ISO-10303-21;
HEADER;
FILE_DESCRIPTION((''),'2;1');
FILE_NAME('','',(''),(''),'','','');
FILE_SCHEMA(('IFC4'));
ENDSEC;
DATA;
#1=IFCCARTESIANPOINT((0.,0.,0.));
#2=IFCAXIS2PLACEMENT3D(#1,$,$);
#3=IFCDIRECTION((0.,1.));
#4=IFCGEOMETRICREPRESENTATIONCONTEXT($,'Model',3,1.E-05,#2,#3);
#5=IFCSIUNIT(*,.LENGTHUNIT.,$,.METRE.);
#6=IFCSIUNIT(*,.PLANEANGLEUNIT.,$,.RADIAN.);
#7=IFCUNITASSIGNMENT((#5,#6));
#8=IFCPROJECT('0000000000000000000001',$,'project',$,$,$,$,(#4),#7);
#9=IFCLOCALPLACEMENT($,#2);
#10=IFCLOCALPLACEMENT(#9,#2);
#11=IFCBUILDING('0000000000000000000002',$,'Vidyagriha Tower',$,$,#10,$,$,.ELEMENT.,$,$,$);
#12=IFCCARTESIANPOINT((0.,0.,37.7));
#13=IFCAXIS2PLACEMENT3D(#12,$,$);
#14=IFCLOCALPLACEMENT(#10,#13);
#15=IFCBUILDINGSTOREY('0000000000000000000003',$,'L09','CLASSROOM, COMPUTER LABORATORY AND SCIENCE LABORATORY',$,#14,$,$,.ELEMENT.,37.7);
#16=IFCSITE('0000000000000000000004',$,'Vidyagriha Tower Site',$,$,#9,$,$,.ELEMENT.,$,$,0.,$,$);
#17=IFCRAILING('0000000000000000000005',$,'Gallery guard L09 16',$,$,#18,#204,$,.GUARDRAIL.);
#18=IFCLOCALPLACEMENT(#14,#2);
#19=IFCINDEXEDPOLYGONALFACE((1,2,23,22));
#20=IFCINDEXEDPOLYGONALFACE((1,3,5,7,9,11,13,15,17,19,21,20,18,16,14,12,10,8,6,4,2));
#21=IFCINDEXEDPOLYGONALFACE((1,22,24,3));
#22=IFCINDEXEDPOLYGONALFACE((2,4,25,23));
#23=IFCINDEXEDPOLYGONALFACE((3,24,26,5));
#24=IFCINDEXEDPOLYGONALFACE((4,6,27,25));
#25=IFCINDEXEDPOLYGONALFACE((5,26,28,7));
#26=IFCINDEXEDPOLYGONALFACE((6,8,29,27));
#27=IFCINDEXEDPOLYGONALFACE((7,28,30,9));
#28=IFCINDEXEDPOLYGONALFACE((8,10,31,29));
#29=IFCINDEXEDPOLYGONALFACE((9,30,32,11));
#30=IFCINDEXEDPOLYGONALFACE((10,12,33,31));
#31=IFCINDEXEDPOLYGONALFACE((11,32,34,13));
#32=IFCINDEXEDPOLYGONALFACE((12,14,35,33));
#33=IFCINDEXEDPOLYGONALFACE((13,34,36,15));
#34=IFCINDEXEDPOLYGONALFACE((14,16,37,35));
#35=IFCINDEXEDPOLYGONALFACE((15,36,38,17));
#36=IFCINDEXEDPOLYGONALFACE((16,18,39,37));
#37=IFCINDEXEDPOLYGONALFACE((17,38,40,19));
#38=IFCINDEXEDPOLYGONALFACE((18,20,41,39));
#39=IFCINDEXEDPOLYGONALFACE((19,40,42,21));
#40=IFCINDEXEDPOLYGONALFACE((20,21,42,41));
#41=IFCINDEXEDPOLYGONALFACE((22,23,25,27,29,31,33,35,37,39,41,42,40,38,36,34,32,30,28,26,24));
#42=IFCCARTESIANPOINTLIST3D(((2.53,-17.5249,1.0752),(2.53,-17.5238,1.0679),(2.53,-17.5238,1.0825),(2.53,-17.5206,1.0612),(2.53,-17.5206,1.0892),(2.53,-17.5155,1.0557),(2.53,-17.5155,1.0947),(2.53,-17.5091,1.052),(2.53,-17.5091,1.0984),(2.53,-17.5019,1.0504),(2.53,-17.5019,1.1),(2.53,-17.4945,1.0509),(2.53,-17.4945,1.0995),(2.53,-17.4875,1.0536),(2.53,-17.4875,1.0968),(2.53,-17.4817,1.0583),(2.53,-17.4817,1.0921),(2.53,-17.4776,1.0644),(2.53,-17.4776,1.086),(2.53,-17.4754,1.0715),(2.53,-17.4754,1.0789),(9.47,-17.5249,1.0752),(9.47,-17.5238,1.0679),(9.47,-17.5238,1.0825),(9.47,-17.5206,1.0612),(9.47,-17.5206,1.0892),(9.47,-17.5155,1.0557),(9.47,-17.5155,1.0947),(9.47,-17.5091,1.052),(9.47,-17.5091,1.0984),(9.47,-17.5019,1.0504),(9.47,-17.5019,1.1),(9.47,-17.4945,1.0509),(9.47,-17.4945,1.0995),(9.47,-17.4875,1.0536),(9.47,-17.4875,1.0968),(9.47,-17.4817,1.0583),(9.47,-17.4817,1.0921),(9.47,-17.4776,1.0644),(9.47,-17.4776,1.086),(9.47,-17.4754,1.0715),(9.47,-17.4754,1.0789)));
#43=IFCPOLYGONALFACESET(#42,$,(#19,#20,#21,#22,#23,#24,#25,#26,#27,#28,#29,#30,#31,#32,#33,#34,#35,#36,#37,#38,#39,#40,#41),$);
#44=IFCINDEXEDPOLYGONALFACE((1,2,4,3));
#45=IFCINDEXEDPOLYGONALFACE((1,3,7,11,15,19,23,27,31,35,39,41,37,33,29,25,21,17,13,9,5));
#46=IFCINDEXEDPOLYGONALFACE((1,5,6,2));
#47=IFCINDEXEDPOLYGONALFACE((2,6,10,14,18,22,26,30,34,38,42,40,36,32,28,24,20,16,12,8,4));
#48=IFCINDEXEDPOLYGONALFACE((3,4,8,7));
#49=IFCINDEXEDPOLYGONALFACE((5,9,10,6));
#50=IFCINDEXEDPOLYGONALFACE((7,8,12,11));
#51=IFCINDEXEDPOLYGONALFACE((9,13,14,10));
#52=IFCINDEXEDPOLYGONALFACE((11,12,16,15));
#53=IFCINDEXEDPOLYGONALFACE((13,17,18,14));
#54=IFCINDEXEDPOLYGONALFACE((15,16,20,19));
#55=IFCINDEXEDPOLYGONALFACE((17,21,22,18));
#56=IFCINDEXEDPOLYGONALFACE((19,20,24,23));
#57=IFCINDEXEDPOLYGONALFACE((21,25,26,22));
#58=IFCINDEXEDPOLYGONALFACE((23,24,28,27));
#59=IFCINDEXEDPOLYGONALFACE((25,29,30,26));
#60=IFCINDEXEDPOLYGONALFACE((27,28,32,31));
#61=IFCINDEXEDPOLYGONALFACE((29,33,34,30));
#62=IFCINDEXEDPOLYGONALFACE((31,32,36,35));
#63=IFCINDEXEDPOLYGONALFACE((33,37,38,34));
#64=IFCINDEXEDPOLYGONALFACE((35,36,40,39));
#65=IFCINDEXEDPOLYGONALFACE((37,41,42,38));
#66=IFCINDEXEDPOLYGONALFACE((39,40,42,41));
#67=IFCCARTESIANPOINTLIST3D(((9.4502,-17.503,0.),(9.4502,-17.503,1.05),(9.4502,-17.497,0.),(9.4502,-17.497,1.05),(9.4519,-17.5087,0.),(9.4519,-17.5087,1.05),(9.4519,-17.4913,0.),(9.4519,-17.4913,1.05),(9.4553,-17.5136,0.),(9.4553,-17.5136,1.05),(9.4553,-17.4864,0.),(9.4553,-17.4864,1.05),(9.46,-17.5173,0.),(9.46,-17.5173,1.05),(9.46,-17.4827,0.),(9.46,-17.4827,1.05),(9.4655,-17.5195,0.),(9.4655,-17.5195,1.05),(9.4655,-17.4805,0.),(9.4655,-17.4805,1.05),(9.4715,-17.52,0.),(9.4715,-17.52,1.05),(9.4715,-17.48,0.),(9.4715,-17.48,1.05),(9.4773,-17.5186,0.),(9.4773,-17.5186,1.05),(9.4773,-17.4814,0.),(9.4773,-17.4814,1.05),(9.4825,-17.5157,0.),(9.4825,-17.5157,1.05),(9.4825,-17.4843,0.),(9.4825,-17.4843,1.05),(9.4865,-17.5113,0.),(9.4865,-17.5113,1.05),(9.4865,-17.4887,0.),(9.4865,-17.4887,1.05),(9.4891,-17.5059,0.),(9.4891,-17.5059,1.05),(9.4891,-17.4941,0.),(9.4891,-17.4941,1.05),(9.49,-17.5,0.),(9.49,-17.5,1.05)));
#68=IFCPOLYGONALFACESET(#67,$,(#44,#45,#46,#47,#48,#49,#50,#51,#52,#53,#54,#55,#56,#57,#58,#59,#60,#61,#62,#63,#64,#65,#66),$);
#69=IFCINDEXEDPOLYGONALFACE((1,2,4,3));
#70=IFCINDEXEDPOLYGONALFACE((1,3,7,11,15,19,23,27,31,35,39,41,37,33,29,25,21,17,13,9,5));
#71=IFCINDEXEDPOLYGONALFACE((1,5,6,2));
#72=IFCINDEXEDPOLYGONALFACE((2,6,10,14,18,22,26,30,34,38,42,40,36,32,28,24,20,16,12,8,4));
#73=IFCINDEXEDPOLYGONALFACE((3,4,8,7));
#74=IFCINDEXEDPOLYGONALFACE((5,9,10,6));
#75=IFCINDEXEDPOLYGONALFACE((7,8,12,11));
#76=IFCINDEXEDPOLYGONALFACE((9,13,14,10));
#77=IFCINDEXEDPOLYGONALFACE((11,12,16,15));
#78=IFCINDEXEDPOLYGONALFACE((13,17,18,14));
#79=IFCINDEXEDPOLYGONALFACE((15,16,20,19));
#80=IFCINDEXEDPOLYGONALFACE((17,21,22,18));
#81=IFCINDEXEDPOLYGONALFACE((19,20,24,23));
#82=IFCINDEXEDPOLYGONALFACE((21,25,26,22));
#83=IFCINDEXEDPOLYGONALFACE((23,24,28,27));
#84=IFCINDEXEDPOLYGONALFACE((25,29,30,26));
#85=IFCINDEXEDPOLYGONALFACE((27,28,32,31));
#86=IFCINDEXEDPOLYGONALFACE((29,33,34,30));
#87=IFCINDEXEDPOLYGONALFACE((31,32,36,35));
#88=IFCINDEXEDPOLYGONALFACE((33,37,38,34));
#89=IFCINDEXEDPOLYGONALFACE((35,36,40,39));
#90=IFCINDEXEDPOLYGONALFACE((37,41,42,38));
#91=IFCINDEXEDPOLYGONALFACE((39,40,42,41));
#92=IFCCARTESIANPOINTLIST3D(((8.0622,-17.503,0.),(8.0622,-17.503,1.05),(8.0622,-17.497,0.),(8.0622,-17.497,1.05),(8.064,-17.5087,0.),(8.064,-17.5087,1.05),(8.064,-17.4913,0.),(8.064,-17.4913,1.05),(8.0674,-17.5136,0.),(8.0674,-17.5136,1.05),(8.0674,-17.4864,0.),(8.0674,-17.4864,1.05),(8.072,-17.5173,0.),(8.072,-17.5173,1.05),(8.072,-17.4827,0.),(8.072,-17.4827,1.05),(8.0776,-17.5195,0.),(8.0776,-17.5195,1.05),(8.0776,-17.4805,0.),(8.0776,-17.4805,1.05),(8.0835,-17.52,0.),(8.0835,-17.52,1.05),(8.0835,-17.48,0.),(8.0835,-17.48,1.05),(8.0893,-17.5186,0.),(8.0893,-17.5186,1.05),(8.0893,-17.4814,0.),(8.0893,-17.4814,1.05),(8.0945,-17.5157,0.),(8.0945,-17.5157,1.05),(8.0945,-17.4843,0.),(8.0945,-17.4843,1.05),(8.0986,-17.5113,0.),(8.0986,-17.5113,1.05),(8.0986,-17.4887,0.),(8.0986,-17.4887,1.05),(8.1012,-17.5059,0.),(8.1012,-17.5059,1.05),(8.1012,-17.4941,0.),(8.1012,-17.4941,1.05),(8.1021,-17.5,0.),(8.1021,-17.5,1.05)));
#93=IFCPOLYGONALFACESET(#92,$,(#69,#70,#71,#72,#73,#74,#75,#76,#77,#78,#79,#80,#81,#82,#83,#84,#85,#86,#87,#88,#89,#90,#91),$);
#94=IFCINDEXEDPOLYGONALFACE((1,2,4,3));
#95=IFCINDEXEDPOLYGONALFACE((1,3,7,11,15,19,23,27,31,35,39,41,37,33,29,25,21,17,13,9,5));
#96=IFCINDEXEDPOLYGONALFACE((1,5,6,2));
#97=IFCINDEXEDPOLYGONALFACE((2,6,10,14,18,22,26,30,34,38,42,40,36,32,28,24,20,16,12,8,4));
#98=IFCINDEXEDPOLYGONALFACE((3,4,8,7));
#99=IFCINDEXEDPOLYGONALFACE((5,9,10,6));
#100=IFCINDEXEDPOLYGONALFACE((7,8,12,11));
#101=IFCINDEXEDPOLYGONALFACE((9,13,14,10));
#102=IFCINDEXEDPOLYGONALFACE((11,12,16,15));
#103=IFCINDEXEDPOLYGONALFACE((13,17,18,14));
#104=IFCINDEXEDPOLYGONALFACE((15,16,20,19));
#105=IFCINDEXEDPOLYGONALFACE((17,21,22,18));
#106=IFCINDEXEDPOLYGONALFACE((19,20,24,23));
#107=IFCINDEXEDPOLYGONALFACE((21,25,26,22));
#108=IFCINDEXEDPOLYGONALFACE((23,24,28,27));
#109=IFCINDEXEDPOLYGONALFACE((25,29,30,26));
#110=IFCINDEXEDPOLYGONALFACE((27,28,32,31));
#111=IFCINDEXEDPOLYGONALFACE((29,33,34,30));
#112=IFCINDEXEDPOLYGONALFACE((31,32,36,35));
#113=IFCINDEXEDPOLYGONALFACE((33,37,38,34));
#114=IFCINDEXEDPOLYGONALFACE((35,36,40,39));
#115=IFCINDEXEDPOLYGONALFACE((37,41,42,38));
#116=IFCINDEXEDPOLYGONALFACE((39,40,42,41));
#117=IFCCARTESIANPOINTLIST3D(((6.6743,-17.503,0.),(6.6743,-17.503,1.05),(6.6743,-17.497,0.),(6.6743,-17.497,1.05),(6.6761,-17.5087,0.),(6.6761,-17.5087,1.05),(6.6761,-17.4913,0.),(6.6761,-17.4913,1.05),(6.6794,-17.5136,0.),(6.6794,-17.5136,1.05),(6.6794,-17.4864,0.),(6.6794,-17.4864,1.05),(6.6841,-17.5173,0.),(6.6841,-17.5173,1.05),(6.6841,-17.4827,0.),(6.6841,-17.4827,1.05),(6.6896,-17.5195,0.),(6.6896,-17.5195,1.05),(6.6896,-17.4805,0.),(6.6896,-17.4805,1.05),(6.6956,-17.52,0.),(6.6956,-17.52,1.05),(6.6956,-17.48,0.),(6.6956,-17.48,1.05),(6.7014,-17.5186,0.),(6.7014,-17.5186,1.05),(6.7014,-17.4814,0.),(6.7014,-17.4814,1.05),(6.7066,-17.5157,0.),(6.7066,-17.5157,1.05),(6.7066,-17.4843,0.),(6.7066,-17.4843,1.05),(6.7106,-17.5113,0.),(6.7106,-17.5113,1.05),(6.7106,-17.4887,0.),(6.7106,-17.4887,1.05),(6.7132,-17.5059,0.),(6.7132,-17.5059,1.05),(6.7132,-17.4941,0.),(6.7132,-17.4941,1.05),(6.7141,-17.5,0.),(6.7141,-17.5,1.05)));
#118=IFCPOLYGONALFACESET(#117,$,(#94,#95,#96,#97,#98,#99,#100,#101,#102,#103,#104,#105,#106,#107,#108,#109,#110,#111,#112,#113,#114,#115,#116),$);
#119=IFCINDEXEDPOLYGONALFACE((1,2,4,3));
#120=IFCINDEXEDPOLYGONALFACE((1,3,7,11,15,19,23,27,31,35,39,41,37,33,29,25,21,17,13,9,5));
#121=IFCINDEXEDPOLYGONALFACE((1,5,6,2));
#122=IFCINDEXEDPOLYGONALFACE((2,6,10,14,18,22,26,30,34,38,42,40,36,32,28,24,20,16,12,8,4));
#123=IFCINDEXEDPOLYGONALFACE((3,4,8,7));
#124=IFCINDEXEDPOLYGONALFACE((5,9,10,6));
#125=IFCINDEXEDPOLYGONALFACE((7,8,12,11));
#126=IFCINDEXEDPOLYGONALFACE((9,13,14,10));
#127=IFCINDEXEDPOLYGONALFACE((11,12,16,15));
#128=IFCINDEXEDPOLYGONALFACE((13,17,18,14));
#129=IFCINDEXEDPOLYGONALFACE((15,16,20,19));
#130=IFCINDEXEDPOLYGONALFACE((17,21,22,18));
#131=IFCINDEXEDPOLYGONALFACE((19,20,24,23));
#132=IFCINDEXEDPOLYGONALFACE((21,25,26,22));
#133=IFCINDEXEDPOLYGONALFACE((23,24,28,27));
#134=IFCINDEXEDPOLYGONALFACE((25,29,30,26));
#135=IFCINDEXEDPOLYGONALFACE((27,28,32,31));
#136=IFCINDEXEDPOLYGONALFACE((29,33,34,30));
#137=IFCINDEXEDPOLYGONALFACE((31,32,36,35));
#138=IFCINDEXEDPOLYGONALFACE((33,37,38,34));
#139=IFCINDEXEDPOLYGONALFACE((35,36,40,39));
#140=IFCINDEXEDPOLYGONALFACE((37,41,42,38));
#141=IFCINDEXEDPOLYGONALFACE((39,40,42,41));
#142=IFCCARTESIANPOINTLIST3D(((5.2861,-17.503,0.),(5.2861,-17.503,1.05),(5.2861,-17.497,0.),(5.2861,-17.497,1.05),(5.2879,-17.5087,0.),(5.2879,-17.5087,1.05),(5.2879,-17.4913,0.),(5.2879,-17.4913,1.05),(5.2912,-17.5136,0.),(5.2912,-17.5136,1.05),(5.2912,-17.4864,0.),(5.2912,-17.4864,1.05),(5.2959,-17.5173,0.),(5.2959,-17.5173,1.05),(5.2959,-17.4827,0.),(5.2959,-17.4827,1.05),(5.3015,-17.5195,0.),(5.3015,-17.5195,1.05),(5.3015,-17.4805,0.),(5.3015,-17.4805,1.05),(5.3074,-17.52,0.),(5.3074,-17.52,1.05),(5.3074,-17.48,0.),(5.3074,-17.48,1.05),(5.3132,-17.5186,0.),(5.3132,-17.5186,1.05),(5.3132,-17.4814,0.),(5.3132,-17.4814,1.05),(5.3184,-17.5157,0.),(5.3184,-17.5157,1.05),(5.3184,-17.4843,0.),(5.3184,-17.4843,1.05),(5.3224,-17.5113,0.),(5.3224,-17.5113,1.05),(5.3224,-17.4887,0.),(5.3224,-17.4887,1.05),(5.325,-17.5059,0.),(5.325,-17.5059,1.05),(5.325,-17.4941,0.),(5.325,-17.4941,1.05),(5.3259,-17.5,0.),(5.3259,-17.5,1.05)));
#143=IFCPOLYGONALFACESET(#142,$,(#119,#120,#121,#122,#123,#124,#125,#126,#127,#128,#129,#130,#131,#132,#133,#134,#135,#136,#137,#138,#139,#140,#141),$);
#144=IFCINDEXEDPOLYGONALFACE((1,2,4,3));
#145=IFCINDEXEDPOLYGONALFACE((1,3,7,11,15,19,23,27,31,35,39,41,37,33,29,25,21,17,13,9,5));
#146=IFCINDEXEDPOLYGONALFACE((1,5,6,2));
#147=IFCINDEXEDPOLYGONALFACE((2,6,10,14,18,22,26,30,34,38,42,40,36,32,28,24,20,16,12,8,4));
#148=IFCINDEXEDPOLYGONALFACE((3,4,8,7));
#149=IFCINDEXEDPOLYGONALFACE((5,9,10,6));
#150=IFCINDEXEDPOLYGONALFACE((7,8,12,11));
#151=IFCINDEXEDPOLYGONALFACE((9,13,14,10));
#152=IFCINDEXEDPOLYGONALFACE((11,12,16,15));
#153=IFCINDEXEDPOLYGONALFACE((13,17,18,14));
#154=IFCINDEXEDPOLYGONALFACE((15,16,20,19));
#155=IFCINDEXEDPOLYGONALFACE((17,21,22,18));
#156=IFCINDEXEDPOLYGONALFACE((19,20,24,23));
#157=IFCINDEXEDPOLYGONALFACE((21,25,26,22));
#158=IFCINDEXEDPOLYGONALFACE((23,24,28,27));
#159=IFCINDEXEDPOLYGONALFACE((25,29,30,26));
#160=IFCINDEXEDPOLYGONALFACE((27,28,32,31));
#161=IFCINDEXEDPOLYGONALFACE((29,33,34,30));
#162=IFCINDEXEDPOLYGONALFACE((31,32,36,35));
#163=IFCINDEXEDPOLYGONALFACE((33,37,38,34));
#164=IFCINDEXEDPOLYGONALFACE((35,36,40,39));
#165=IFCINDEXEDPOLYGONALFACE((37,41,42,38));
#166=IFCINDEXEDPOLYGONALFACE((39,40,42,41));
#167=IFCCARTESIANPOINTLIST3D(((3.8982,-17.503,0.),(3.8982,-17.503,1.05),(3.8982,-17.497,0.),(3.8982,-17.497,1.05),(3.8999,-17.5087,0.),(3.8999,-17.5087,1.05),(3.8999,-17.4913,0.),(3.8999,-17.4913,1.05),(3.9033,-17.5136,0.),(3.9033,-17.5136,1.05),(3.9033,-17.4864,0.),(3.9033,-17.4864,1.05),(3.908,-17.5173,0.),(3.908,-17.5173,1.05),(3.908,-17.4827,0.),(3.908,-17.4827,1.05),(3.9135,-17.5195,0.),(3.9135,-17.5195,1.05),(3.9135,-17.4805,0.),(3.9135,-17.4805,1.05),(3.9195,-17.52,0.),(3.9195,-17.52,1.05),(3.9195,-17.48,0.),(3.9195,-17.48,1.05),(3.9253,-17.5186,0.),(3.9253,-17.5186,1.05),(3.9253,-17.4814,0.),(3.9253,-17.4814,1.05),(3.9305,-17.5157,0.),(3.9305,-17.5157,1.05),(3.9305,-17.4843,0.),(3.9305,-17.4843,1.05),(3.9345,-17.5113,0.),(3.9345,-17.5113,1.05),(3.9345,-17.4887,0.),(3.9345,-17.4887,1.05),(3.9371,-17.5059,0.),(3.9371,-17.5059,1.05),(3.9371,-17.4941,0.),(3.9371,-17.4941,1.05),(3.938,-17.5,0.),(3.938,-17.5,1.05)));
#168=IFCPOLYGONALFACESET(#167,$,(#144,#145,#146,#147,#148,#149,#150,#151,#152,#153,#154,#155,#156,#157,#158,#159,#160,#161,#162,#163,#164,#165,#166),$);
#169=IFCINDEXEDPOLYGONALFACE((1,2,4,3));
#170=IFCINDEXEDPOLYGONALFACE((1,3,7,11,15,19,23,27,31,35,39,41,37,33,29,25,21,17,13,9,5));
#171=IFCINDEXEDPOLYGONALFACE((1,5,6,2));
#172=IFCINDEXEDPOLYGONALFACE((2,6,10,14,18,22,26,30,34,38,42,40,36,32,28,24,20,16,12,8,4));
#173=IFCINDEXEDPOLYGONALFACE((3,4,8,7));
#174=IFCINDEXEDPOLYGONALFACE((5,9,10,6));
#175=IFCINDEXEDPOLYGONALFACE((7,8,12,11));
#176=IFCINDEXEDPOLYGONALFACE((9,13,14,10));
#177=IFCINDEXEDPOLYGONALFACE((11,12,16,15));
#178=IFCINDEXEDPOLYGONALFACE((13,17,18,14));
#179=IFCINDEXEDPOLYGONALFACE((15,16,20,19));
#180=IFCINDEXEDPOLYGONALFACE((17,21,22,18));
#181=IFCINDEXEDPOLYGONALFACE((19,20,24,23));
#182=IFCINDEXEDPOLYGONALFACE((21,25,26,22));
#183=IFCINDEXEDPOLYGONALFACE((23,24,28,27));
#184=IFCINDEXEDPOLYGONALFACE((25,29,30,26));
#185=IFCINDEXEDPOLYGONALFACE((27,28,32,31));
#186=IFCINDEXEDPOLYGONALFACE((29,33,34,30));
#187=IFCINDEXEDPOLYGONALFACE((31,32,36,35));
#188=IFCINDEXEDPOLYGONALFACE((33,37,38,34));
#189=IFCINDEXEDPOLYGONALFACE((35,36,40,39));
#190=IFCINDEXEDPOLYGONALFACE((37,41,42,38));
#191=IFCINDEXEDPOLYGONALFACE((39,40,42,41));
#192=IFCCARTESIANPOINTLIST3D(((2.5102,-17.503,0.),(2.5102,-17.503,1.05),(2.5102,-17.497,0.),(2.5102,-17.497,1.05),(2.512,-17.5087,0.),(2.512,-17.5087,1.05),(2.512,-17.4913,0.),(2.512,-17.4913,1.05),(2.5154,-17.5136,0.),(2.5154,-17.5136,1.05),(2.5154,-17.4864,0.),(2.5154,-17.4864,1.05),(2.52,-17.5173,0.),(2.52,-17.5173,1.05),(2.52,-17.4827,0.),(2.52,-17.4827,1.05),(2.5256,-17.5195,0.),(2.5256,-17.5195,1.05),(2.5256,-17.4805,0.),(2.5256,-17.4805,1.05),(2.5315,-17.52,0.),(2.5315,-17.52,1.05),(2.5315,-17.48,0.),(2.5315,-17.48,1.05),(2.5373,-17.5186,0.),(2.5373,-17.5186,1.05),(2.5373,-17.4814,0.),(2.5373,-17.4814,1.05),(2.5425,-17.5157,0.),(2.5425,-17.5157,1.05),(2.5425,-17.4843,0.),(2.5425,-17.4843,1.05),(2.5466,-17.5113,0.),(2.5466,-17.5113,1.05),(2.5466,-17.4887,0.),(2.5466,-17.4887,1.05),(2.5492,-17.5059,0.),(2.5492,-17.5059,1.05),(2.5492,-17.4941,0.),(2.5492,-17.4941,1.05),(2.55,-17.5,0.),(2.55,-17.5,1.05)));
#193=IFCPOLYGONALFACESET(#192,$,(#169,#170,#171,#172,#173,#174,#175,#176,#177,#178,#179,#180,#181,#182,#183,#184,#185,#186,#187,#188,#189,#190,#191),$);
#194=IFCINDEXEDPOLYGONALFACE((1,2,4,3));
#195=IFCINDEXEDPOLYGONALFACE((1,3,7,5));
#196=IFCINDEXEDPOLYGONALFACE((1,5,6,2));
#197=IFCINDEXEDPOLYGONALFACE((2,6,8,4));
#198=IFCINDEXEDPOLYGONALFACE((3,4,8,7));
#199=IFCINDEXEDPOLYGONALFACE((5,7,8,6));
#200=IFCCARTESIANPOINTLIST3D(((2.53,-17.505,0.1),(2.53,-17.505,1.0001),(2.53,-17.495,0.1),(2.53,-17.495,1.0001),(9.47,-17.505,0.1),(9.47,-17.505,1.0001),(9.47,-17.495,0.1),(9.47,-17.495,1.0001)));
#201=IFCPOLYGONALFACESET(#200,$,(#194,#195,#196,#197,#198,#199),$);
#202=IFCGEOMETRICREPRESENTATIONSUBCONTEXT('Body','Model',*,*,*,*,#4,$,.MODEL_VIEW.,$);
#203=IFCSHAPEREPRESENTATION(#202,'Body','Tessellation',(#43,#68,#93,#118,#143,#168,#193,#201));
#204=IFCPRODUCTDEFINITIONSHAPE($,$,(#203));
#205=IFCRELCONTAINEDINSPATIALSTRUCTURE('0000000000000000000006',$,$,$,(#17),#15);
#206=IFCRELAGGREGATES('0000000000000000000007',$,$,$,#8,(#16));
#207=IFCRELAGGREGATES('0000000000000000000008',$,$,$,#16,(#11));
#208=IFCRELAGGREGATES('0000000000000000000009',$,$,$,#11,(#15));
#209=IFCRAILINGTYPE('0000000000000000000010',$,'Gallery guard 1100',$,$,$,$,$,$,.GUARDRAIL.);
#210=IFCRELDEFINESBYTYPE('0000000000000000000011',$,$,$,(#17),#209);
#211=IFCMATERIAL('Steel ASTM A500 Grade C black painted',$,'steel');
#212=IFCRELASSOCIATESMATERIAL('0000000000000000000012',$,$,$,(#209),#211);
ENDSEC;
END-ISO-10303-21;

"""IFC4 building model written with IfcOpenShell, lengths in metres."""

from ifc_helpers import new_model, si_unit, direction, frame, origin, origin_2d, place, context, subcontext, project, spatial, rectangle, circle, extrude, material, type_object, element, save


model = new_model("IFC4")

# Units and contexts
model_context = context("Model", 3, precision=1e-05, world=origin(), true_north=direction((0.0, 1.0)))
body_context = subcontext(model_context, "Body", "Model", "MODEL_VIEW")
ifc_project = project(units=[si_unit("LENGTHUNIT", "METRE"), si_unit("PLANEANGLEUNIT", "RADIAN")], contexts=[model_context])

# Site, building, storey
site_placement = place(None, origin())
site = spatial("IfcSite", under=ifc_project, at=site_placement, Name="Vidyagriha Tower Site", CompositionType="ELEMENT", RefElevation=0.0)
building_placement = place(site_placement, origin())
building = spatial("IfcBuilding", under=site, at=building_placement, Name="Vidyagriha Tower", CompositionType="ELEMENT")
storey_placement = place(building_placement, frame((0.0, 0.0, 37.7)))
storey = spatial("IfcBuildingStorey", under=building, at=storey_placement, Name="L09", Description="CLASSROOM, COMPUTER LABORATORY AND SCIENCE LABORATORY", CompositionType="ELEMENT", Elevation=37.7)

# Railing
ifc_material_1 = material(Name="Steel ASTM A500 Grade C black painted", Category="steel")
railing_type = type_object("IfcRailingType", Name="Gallery guard 1100", PredefinedType="GUARDRAIL", material=ifc_material_1)
for number, where, name in (
    (1, (9.47, -17.5, 0.0), "Gallery guard L09 16"),
):
    element("IfcRailing", number, at=place(storey_placement, frame(where)), inside=storey, type_object=railing_type, Name=name, PredefinedType="GUARDRAIL", context=body_context, shape_type="SweptSolid", body=[
        extrude(circle(Radius=0.0249, at=origin_2d()), frame((0.0, 0.0, 1.0752), z_axis=(-1.0, 0.0, 0.0), x_axis=(0.0, -1.0, 0.0)), (0.0, 0.0, 1.0), 6.9399),
        extrude(circle(Radius=0.02, at=origin_2d()), origin(), (0.0, 0.0, 1.0), 1.05),
        extrude(circle(Radius=0.02, at=origin_2d()), frame((-1.3879, 0.0, 0.0)), (0.0, 0.0, 1.0), 1.05),
        extrude(circle(Radius=0.02, at=origin_2d()), frame((-2.7759, 0.0, 0.0)), (0.0, 0.0, 1.0), 1.05),
        extrude(circle(Radius=0.02, at=origin_2d()), frame((-4.1641, 0.0, 0.0)), (0.0, 0.0, 1.0), 1.05),
        extrude(circle(Radius=0.02, at=origin_2d()), frame((-5.552, 0.0, 0.0)), (0.0, 0.0, 1.0), 1.05),
        extrude(circle(Radius=0.02, at=origin_2d()), frame((-6.9399, 0.0, 0.0)), (0.0, 0.0, 1.0), 1.05),
        extrude(rectangle(XDim=0.01, YDim=0.9001, at=origin_2d()), frame((0.0, 0.0, 0.55), z_axis=(-1.0, 0.0, 0.0), x_axis=(0.0, -1.0, 0.0)), (0.0, 0.0, 1.0), 6.9399),
    ])

save(model, "model.ifc")
